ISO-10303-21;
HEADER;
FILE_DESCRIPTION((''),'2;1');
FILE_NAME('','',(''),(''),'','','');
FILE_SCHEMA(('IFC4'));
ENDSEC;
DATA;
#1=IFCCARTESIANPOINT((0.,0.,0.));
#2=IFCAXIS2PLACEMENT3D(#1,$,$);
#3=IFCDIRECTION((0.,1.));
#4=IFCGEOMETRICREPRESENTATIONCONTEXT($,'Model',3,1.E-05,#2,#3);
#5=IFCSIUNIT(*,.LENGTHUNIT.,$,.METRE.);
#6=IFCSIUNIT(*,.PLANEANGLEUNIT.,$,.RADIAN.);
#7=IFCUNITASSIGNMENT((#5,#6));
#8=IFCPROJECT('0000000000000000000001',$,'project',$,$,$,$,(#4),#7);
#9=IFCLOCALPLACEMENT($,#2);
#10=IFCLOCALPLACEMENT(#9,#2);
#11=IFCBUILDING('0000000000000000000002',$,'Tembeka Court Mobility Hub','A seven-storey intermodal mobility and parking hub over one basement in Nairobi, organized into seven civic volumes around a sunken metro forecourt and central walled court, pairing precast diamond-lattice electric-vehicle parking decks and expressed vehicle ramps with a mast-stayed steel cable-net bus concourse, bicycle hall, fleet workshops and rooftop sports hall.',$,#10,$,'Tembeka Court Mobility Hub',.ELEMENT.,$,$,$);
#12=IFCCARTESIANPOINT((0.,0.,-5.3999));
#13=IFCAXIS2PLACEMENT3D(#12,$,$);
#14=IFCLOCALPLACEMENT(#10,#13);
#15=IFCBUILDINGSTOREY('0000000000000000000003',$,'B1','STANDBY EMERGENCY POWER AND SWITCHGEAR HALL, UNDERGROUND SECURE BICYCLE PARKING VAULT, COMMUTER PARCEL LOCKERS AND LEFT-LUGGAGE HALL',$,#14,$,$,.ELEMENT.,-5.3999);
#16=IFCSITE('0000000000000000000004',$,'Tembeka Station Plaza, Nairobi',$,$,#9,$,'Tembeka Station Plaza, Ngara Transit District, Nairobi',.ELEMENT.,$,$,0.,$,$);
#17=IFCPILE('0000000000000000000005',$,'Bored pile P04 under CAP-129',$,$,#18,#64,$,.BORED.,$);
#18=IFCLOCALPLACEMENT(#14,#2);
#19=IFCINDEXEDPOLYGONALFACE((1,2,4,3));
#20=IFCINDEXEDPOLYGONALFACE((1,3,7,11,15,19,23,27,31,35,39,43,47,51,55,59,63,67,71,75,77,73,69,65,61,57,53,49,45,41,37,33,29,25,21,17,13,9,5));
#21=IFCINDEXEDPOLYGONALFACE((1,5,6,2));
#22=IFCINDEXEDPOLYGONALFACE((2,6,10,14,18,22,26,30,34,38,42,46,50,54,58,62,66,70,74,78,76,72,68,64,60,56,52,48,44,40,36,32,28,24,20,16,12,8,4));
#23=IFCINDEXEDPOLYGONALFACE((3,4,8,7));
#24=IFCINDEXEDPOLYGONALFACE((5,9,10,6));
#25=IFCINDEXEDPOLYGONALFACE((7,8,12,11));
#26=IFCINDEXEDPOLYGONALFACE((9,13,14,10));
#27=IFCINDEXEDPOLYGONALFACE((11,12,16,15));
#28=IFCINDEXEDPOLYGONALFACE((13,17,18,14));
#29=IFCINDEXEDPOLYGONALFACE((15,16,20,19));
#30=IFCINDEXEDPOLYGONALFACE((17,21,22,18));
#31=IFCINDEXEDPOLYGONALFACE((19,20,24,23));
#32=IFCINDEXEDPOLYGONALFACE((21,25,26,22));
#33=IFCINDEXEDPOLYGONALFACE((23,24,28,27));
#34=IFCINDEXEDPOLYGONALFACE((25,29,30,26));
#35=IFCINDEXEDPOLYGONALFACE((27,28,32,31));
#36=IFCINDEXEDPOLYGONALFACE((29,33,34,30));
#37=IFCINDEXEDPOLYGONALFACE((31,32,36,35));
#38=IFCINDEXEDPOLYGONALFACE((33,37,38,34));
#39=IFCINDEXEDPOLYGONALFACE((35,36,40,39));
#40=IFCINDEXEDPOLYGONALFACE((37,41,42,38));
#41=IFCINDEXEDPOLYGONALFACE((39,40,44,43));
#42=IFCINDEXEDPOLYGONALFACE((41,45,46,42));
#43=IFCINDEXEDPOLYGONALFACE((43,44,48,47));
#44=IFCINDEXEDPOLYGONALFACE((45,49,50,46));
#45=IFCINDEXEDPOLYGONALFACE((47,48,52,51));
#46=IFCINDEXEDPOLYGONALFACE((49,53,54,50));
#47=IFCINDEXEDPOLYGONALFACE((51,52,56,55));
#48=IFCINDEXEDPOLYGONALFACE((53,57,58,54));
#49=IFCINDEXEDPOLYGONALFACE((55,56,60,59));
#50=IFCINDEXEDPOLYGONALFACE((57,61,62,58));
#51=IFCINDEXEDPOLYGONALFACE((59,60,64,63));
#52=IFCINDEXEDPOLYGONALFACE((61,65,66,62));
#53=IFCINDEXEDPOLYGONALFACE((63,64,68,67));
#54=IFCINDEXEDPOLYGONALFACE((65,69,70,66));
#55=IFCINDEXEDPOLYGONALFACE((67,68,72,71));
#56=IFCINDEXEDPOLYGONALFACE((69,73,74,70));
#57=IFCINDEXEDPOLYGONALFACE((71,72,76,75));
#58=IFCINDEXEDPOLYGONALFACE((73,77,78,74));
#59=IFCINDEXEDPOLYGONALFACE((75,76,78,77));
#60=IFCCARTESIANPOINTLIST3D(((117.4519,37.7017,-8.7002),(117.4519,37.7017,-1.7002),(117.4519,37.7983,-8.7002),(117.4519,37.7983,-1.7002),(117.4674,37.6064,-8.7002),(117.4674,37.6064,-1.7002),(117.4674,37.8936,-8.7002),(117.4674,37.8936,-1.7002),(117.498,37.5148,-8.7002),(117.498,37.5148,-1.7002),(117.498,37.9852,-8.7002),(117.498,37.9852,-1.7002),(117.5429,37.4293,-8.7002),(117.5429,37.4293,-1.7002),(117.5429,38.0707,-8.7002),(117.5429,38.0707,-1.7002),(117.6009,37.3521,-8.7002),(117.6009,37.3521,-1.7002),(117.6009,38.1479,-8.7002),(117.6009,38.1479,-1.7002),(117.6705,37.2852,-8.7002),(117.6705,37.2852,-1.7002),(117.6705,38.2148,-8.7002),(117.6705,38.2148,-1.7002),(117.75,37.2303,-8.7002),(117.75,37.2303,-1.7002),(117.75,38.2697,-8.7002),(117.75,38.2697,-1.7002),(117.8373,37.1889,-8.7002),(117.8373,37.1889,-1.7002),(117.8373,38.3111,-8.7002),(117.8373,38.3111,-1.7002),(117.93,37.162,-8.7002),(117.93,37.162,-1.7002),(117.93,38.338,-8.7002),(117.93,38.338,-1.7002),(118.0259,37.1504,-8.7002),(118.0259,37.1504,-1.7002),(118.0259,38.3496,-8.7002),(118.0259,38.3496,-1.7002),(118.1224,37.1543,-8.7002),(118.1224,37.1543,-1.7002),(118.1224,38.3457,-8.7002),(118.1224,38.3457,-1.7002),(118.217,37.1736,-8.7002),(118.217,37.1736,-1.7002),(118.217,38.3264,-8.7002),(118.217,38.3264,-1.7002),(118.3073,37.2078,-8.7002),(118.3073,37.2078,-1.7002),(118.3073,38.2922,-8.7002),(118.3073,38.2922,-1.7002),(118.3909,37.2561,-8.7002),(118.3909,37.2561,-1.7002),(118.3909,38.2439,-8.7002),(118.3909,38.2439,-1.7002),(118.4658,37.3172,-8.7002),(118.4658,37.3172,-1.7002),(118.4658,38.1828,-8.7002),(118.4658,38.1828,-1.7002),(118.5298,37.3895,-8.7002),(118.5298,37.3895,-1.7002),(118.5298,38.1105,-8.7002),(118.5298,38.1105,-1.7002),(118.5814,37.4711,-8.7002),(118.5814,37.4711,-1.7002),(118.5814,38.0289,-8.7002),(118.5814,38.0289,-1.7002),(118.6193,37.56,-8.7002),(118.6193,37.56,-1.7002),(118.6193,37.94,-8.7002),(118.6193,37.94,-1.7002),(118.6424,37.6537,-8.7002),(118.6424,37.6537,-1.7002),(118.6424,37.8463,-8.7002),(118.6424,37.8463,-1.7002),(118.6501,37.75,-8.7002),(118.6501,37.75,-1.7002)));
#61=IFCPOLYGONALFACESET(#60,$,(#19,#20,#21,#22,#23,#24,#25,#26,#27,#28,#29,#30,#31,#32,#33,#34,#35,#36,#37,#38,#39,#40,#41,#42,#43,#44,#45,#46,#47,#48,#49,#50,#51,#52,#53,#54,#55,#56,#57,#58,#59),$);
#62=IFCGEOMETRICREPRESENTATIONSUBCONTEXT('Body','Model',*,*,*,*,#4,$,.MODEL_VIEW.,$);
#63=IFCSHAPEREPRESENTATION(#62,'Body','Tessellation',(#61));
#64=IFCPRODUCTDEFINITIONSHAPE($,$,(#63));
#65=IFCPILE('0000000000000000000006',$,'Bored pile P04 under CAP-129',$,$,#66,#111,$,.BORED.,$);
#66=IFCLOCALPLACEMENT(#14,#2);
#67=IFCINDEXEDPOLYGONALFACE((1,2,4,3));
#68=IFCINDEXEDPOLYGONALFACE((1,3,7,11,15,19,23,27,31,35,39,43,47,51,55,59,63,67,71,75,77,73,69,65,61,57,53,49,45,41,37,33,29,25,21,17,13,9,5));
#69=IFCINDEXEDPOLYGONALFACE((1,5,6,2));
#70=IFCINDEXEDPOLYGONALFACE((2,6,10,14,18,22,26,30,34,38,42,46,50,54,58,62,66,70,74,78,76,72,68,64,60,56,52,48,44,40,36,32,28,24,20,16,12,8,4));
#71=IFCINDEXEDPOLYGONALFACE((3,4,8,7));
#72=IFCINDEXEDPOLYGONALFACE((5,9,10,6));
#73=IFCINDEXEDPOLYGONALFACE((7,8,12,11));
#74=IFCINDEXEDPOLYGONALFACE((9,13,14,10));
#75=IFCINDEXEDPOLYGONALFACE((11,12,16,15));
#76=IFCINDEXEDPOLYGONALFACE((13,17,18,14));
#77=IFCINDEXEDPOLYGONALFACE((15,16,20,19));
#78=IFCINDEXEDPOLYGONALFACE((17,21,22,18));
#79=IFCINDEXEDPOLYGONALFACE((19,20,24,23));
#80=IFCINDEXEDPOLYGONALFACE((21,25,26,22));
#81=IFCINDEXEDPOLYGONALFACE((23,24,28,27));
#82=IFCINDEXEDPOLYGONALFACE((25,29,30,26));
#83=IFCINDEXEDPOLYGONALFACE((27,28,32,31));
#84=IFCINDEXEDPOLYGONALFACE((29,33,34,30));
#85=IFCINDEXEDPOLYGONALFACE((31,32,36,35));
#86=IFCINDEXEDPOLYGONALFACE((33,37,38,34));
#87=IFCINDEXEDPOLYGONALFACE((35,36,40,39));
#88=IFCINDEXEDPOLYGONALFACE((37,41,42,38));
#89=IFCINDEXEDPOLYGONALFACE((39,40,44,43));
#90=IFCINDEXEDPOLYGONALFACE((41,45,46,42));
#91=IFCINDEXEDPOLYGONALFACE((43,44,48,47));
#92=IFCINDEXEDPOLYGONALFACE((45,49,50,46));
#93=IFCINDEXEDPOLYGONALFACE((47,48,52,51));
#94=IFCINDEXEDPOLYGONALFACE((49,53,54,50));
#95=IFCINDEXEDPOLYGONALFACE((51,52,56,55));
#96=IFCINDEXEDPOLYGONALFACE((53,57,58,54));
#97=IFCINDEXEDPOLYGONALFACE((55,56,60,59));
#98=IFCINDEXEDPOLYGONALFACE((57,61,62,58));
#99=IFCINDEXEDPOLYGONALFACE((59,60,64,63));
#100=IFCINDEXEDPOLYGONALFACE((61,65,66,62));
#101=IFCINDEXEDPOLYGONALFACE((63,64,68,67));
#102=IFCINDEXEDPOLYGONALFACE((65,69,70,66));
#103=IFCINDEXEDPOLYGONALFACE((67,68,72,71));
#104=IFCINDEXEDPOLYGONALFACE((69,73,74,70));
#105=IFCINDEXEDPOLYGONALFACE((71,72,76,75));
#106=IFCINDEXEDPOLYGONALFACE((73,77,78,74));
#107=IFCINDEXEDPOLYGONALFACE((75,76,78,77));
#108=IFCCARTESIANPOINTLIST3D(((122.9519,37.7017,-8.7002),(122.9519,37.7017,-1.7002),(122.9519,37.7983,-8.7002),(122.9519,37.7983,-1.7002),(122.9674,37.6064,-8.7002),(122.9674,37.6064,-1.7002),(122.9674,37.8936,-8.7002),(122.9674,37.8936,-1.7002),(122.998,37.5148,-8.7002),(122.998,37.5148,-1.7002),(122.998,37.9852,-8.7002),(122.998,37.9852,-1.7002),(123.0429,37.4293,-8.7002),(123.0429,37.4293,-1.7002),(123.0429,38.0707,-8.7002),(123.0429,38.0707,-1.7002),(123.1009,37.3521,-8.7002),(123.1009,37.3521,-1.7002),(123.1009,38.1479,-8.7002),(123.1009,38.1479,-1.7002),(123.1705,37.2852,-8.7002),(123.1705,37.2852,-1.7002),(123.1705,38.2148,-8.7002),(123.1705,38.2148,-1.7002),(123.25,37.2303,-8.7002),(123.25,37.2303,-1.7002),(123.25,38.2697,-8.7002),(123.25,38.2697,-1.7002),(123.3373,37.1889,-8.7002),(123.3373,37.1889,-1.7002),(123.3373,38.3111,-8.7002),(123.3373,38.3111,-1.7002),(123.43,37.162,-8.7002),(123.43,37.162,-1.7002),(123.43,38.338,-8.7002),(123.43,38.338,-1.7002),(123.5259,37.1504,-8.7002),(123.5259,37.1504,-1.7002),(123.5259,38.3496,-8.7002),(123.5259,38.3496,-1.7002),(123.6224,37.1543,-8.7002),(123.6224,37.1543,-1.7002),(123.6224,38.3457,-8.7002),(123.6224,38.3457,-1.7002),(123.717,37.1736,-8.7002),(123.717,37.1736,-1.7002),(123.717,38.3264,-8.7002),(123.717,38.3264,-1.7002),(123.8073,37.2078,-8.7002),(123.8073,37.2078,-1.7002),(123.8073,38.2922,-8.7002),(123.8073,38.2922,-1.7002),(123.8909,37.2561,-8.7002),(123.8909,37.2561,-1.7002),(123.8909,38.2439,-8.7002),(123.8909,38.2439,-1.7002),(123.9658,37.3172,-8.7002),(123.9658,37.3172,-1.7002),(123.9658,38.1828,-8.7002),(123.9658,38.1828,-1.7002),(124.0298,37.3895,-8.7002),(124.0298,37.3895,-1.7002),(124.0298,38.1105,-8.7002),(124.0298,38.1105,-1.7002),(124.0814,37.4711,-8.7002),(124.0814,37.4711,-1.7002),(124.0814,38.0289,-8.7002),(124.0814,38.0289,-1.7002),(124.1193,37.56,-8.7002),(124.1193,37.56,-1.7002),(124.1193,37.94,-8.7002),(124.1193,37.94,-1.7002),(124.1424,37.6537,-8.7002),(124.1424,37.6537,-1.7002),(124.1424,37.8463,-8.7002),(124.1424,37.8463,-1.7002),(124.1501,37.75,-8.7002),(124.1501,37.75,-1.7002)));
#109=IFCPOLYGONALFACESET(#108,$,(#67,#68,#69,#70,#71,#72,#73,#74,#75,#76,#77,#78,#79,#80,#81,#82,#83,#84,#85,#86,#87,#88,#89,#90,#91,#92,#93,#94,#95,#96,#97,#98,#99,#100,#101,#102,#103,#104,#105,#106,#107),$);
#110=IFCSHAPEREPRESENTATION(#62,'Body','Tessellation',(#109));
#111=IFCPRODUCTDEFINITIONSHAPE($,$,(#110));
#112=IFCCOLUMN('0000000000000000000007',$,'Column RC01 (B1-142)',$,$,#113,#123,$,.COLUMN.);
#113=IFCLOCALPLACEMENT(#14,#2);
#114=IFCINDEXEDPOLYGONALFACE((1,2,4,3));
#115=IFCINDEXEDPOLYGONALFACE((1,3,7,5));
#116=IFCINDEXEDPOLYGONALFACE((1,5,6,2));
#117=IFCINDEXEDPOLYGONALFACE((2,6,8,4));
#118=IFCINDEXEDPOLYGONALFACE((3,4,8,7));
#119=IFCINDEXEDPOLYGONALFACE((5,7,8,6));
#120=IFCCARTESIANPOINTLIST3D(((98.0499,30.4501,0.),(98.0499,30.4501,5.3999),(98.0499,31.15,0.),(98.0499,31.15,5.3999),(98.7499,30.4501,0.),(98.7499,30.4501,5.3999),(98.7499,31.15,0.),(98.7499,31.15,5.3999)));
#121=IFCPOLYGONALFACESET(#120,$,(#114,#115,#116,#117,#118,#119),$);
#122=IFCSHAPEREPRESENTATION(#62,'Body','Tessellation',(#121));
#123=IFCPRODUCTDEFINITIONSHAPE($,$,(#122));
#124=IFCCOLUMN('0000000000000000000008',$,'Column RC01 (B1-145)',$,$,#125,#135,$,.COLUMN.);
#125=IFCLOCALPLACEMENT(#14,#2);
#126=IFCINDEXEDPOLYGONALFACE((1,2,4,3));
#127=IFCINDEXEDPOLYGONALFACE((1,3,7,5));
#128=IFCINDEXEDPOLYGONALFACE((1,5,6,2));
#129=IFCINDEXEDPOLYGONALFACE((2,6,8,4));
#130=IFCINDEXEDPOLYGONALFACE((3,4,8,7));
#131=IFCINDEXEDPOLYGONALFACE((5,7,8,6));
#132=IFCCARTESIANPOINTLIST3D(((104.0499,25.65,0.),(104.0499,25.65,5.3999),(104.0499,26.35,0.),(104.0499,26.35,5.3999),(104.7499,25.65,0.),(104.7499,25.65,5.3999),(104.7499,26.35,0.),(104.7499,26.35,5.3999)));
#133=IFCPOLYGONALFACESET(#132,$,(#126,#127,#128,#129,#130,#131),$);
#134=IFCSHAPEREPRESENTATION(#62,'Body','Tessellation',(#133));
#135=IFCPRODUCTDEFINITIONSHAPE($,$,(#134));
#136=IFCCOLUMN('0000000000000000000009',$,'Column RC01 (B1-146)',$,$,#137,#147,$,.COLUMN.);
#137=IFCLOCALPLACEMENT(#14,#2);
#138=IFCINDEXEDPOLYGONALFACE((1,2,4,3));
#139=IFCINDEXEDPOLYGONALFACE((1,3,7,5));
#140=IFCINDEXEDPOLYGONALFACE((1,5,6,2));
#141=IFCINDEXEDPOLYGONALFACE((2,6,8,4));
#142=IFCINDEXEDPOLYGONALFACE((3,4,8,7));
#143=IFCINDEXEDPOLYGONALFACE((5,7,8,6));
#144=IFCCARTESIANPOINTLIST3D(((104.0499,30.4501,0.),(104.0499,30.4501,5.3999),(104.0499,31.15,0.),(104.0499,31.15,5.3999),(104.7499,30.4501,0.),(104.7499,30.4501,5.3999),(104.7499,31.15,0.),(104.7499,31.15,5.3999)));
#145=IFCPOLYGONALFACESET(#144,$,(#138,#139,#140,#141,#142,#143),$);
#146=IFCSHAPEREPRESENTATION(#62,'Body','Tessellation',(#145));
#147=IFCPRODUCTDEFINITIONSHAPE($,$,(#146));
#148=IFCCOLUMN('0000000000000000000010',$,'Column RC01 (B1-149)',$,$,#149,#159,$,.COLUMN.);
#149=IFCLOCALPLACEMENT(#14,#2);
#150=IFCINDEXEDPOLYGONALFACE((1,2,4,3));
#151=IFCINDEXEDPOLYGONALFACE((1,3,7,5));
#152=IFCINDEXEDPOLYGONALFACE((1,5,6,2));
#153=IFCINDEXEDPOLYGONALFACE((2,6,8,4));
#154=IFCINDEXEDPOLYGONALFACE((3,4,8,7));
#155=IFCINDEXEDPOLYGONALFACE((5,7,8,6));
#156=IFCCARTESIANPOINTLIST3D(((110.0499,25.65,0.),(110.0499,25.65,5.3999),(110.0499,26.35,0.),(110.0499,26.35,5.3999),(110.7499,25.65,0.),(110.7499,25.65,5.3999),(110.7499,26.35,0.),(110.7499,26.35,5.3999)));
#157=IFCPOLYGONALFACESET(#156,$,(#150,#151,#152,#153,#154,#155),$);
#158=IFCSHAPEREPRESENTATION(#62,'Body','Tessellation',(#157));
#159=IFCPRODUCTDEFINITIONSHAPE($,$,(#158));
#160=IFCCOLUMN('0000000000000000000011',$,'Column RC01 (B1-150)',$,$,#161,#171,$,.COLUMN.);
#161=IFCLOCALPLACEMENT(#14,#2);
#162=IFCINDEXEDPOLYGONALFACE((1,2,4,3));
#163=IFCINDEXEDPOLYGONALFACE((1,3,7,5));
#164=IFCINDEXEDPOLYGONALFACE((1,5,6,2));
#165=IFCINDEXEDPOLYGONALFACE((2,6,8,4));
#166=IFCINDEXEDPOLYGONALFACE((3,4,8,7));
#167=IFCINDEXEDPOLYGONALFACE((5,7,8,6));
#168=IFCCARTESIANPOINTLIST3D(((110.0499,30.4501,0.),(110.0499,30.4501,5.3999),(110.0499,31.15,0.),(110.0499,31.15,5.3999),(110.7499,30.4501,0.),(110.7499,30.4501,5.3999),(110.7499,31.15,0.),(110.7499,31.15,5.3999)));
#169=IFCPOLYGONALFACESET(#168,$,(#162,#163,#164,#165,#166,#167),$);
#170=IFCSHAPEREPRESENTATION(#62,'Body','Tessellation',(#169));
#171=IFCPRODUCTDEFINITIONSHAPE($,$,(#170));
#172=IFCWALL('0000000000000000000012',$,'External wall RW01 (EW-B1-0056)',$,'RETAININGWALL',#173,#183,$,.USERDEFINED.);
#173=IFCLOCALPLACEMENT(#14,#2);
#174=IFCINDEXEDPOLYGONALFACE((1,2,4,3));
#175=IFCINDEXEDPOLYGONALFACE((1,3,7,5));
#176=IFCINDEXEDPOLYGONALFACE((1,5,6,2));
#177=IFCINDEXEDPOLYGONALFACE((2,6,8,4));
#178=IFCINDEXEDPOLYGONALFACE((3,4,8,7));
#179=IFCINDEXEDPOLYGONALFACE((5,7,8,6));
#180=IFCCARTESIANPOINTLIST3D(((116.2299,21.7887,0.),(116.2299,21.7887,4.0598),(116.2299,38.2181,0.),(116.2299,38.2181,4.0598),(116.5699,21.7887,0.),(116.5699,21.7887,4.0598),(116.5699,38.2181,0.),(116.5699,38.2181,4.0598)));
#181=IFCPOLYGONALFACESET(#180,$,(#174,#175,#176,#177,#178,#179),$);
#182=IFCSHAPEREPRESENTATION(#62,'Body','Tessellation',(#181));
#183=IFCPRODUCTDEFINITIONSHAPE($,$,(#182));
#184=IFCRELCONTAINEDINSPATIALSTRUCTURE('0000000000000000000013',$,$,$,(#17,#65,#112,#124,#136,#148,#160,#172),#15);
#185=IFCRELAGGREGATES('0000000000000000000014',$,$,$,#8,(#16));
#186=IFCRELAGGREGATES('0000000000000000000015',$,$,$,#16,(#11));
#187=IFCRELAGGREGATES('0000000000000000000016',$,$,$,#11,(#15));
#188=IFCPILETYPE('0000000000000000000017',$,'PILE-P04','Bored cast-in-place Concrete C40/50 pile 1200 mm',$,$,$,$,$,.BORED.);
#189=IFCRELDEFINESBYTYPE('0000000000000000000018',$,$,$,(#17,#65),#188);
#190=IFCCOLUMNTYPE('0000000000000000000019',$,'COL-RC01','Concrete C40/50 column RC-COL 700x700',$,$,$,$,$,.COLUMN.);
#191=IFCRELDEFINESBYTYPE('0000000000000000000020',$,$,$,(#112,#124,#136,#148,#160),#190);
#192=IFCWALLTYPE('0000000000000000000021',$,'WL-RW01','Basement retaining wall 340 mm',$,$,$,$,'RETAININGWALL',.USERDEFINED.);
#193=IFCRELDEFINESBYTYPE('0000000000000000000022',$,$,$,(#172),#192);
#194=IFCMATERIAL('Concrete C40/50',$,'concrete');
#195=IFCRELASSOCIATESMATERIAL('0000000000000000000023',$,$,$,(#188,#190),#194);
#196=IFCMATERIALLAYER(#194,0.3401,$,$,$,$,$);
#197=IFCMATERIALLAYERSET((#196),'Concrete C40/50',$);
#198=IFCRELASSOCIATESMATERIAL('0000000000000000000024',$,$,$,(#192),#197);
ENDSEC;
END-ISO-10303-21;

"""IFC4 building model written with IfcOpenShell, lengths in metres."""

from ifc_helpers import new_model, si_unit, direction, frame, frame_2d, origin, origin_2d, place, context, subcontext, project, spatial, rectangle, circle, extrude, material, layer, layer_set, material_profile, profile_set, type_object, element, save


model = new_model("IFC4")

# Units and contexts
model_context = context("Model", 3, precision=1e-05, world=origin(), true_north=direction((0.0, 1.0)))
body_context = subcontext(model_context, "Body", "Model", "MODEL_VIEW")
ifc_project = project(units=[si_unit("LENGTHUNIT", "METRE"), si_unit("PLANEANGLEUNIT", "RADIAN")], contexts=[model_context])

# Site, building, storey
site_placement = place(None, origin())
site = spatial("IfcSite", under=ifc_project, at=site_placement, Name="Tembeka Station Plaza, Nairobi", LongName="Tembeka Station Plaza, Ngara Transit District, Nairobi", CompositionType="ELEMENT", RefElevation=0.0)
building_placement = place(site_placement, origin())
building = spatial("IfcBuilding", under=site, at=building_placement, Name="Tembeka Court Mobility Hub", Description="A seven-storey intermodal mobility and parking hub over one basement in Nairobi, organized into seven civic volumes around a sunken metro forecourt and central walled court, pairing precast diamond-lattice electric-vehicle parking decks and expressed vehicle ramps with a mast-stayed steel cable-net bus concourse, bicycle hall, fleet workshops and rooftop sports hall.", LongName="Tembeka Court Mobility Hub", CompositionType="ELEMENT")
storey_placement = place(building_placement, frame((0.0, 0.0, -5.3999)))
storey = spatial("IfcBuildingStorey", under=building, at=storey_placement, Name="B1", Description="STANDBY EMERGENCY POWER AND SWITCHGEAR HALL, UNDERGROUND SECURE BICYCLE PARKING VAULT, COMMUTER PARCEL LOCKERS AND LEFT-LUGGAGE HALL", CompositionType="ELEMENT", Elevation=-5.3999)

# Shared definitions
ifc_material = material(Name="Concrete C40/50", Category="concrete")

# Piles
ifc_material_profile_1 = material_profile(ifc_material, circle(Radius=0.6001, at=origin_2d()), Name="PILE D1200")
ifc_profile_set_1 = profile_set([ifc_material_profile_1], Name="Concrete C40/50")
pile_type_1 = type_object("IfcPileType", Name="PILE-P04", Description="Bored cast-in-place Concrete C40/50 pile 1200 mm", PredefinedType="BORED", material=ifc_profile_set_1)
for number, where, z_axis, x_axis, name in (
    (1, (118.05, 37.75, -1.7002), (0.0, 0.0, -1.0), (1.0, 0.0, 0.0), "Bored pile P04 under CAP-129"),
    (2, (123.55, 37.75, -1.7002), (0.0, 0.0, -1.0), (1.0, 0.0, 0.0), "Bored pile P04 under CAP-129"),
):
    element("IfcPile", number, at=place(storey_placement, frame(where, z_axis=z_axis, x_axis=x_axis)), inside=storey, type_object=pile_type_1, Name=name, PredefinedType="BORED", context=body_context, shape_type="SweptSolid", body=[
        extrude(circle(Radius=0.6001, at=origin_2d()), origin(), (0.0, 0.0, 1.0), 7.0),
    ])

# Columns
ifc_material_profile_2 = material_profile(ifc_material, rectangle(XDim=0.7, YDim=0.7, at=origin_2d()), Name="RC-COL 700x700")
ifc_profile_set_2 = profile_set([ifc_material_profile_2], Name="Concrete C40/50")
column_type = type_object("IfcColumnType", Name="COL-RC01", Description="Concrete C40/50 column RC-COL 700x700", PredefinedType="COLUMN", material=ifc_profile_set_2)
for number, where, z_axis, x_axis, name in (
    (3, (98.3999, 30.8, 0.0), (0.0, 0.0, 1.0), (1.0, 0.0, 0.0), "Column RC01 (B1-142)"),
    (4, (104.3999, 26.0, 0.0), (0.0, 0.0, 1.0), (1.0, 0.0, 0.0), "Column RC01 (B1-145)"),
    (5, (104.3999, 30.8, 0.0), (0.0, 0.0, 1.0), (1.0, 0.0, 0.0), "Column RC01 (B1-146)"),
    (6, (110.3999, 26.0, 0.0), (0.0, 0.0, 1.0), (1.0, 0.0, 0.0), "Column RC01 (B1-149)"),
    (7, (110.3999, 30.8, 0.0), (0.0, 0.0, 1.0), (1.0, 0.0, 0.0), "Column RC01 (B1-150)"),
):
    element("IfcColumn", number, at=place(storey_placement, frame(where, z_axis=z_axis, x_axis=x_axis)), inside=storey, type_object=column_type, Name=name, PredefinedType="COLUMN", context=body_context, shape_type="SweptSolid", body=[
        extrude(rectangle(XDim=0.7, YDim=0.7, at=origin_2d()), origin(), (0.0, 0.0, 1.0), 5.3999),
    ])

# Wall
ifc_layer = layer(ifc_material, 0.3401)
ifc_layer_set = layer_set([ifc_layer], Name="Concrete C40/50")
wall_type = type_object("IfcWallType", Name="WL-RW01", Description="Basement retaining wall 340 mm", ElementType="RETAININGWALL", PredefinedType="USERDEFINED", material=ifc_layer_set)
wall_placement = place(storey_placement, frame((116.3999, 21.7886, 0.0), z_axis=(0.0, 0.0, 1.0), x_axis=(0.0, 1.0, 0.0)))
element("IfcWall", 8, at=wall_placement, inside=storey, type_object=wall_type, Name="External wall RW01 (EW-B1-0056)", ObjectType="RETAININGWALL", PredefinedType="USERDEFINED", context=body_context, shape_type="SweptSolid", body=[
    extrude(rectangle(XDim=16.4294, YDim=0.3401, at=frame_2d((8.2148, 0.0))), origin(), (0.0, 0.0, 1.0), 4.0598),
])

save(model, "model.ifc")
